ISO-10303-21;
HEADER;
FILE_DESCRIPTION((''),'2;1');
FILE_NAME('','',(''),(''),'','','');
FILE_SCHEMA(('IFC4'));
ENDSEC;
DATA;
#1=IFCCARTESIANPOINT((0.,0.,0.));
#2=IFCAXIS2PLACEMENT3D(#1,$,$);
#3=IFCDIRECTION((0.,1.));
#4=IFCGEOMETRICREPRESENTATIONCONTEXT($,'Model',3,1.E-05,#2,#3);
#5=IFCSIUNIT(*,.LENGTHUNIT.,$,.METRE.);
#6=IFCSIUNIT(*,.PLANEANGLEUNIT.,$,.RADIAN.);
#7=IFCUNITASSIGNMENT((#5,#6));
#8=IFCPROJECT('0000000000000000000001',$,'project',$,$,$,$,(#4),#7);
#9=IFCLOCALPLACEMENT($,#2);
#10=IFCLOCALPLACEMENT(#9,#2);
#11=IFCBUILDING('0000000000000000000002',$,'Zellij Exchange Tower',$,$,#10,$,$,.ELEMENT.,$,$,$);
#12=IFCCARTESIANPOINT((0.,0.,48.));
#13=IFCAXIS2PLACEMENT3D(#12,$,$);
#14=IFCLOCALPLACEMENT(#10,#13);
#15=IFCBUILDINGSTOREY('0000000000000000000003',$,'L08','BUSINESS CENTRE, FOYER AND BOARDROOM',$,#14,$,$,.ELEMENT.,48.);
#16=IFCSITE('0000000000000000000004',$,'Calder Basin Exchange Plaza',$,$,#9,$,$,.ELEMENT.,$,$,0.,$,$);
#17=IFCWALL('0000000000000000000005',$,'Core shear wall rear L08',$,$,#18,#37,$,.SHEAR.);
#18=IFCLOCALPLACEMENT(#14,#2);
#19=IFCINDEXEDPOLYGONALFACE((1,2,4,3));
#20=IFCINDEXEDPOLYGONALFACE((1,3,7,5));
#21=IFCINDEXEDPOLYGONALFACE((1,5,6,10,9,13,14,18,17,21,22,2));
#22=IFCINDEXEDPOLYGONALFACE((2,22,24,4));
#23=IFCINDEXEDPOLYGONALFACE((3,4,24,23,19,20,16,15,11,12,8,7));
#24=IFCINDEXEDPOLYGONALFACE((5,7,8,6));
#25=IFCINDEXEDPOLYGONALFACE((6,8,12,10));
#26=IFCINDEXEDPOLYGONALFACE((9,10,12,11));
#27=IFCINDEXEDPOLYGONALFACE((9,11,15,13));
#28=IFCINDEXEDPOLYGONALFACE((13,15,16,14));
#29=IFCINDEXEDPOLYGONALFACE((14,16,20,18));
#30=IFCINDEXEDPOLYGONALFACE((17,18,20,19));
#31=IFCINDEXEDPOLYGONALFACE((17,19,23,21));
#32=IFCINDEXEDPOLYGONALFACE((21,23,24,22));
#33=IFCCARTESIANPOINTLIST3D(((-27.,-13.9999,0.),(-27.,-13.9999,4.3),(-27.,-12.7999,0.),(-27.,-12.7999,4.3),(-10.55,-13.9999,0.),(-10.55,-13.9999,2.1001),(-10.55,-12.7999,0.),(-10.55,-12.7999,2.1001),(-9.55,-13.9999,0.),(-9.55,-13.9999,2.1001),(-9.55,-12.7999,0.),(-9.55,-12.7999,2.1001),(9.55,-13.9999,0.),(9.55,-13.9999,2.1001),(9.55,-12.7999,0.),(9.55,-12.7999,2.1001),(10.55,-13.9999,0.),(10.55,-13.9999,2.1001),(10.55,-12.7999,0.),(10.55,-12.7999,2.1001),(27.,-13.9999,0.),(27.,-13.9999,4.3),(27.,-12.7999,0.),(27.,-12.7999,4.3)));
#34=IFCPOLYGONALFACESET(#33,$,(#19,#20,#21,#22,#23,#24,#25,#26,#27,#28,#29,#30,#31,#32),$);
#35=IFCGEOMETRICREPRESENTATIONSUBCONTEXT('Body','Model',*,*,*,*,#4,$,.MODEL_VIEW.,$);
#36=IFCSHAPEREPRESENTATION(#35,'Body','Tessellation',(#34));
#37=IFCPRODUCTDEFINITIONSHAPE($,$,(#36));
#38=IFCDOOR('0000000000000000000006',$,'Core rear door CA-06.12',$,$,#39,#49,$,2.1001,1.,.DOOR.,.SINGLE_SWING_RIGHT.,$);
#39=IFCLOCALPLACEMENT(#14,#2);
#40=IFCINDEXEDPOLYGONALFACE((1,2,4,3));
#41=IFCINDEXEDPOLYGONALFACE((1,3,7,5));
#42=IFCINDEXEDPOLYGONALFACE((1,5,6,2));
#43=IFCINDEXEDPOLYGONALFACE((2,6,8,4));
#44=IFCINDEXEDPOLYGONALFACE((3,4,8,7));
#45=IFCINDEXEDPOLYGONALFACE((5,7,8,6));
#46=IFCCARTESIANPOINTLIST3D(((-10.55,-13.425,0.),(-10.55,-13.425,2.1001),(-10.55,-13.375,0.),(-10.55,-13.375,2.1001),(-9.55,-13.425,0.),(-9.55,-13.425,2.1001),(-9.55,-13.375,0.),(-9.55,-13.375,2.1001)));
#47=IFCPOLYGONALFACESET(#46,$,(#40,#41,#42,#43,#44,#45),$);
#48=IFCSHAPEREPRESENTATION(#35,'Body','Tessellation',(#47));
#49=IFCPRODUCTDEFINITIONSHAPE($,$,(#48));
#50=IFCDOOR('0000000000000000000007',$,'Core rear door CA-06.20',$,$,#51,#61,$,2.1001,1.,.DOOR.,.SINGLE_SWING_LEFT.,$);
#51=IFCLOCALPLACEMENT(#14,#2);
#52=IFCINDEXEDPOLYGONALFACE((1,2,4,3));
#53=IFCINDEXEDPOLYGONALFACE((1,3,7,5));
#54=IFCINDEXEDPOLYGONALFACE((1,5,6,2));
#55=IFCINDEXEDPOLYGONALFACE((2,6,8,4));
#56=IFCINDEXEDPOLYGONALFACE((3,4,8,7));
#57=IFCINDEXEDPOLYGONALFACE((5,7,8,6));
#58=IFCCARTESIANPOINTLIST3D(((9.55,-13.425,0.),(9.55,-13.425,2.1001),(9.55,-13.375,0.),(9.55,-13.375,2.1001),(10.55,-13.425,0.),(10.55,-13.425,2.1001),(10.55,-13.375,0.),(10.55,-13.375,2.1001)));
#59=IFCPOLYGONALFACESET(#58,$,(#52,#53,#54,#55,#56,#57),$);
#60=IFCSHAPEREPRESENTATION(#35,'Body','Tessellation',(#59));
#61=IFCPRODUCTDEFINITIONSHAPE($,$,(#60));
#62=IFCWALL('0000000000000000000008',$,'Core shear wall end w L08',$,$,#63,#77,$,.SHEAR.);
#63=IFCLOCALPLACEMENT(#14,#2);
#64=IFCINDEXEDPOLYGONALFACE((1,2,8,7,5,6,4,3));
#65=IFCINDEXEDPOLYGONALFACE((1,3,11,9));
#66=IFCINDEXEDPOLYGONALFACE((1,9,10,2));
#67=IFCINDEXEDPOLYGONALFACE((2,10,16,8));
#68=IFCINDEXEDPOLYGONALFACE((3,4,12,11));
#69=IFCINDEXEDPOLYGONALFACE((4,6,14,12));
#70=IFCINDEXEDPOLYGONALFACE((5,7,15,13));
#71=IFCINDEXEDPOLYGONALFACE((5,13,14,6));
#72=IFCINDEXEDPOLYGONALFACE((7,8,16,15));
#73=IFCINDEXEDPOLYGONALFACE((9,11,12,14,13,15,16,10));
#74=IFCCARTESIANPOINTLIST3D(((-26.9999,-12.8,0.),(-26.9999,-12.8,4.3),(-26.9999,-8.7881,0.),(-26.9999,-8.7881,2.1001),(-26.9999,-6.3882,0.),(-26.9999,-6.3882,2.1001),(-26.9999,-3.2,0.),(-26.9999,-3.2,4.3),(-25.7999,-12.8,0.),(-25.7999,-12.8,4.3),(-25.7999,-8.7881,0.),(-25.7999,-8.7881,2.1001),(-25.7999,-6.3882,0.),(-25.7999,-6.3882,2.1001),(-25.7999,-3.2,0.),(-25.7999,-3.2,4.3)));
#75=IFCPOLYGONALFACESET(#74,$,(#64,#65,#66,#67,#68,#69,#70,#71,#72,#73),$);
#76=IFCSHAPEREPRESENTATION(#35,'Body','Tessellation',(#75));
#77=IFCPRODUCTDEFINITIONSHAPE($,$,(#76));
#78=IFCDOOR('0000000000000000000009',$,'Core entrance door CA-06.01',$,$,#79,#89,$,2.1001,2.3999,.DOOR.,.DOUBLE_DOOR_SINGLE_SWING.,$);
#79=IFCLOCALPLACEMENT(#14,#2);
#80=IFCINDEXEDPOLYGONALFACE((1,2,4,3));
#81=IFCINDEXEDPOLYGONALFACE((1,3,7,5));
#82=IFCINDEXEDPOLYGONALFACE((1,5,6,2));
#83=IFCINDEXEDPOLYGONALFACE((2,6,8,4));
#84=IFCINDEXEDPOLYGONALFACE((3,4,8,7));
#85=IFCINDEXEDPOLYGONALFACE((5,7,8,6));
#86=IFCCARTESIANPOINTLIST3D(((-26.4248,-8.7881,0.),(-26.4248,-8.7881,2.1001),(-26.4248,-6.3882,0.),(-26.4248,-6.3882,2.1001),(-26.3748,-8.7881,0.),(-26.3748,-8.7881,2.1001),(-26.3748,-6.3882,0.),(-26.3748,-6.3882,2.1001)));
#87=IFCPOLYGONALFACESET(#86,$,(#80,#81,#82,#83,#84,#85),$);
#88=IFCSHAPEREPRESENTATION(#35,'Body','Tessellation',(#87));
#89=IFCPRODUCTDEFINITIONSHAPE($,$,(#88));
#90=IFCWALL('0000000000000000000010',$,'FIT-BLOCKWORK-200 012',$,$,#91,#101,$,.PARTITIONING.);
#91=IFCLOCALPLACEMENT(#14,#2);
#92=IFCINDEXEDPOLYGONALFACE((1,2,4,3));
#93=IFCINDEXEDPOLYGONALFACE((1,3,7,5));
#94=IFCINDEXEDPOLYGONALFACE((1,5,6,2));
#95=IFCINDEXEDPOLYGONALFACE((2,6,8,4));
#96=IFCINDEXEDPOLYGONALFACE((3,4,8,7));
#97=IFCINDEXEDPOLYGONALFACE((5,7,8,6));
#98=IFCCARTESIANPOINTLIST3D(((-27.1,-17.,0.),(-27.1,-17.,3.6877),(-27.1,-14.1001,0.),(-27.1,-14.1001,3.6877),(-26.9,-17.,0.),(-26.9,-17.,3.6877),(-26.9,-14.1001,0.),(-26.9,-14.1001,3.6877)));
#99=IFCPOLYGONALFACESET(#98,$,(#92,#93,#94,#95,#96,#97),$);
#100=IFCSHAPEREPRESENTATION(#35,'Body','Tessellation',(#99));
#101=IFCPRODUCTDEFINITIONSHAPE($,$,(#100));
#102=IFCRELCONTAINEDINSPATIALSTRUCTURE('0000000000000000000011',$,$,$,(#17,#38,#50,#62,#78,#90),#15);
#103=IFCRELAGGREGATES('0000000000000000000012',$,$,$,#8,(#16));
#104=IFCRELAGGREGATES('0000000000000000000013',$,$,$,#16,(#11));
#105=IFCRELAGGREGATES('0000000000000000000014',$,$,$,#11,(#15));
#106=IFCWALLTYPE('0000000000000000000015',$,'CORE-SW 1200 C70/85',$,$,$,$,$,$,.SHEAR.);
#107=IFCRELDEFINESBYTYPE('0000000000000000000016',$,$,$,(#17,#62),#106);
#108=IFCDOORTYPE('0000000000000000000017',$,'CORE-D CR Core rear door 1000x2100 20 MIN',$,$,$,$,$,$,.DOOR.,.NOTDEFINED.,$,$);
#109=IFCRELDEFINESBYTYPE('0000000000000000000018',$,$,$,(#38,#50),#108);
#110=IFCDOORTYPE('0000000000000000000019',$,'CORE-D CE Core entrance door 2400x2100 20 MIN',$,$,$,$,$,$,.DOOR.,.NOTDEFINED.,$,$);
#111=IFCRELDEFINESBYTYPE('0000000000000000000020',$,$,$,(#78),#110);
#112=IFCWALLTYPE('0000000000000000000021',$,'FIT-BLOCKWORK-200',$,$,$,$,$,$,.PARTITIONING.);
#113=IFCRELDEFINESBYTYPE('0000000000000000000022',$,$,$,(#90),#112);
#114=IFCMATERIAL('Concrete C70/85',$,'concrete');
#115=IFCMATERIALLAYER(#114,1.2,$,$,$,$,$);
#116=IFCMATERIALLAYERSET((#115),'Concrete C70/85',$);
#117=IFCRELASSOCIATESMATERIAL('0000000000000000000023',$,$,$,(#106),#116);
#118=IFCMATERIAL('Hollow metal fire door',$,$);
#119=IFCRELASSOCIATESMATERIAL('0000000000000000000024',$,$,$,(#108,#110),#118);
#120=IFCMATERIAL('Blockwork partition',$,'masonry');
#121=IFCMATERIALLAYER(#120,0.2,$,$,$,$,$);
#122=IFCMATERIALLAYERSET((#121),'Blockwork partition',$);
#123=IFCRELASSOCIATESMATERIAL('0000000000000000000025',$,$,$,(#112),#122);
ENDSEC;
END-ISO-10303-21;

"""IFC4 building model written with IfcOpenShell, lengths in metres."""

from ifc_helpers import new_model, si_unit, direction, frame, frame_2d, origin, place, context, subcontext, project, spatial, rectangle, extrude, material, layer, layer_set, type_object, element, fill, save


model = new_model("IFC4")

# Units and contexts
model_context = context("Model", 3, precision=1e-05, world=origin(), true_north=direction((0.0, 1.0)))
body_context = subcontext(model_context, "Body", "Model", "MODEL_VIEW")
ifc_project = project(units=[si_unit("LENGTHUNIT", "METRE"), si_unit("PLANEANGLEUNIT", "RADIAN")], contexts=[model_context])

# Site, building, storey
site_placement = place(None, origin())
site = spatial("IfcSite", under=ifc_project, at=site_placement, Name="Calder Basin Exchange Plaza", CompositionType="ELEMENT", RefElevation=0.0)
building_placement = place(site_placement, origin())
building = spatial("IfcBuilding", under=site, at=building_placement, Name="Zellij Exchange Tower", CompositionType="ELEMENT")
storey_placement = place(building_placement, frame((0.0, 0.0, 48.0)))
storey = spatial("IfcBuildingStorey", under=building, at=storey_placement, Name="L08", Description="BUSINESS CENTRE, FOYER AND BOARDROOM", CompositionType="ELEMENT", Elevation=48.0)

# Shared definitions
ifc_material_1 = material(Name="Concrete C70/85", Category="concrete")

# Wall, openings, doors
ifc_layer_1 = layer(ifc_material_1, 1.2)
ifc_layer_set_1 = layer_set([ifc_layer_1], Name="Concrete C70/85")
wall_type_1 = type_object("IfcWallType", Name="CORE-SW 1200 C70/85", PredefinedType="SHEAR", material=ifc_layer_set_1)
wall_1_placement = place(storey_placement, frame((-27.0, -13.3999, 0.0), z_axis=(0.0, 0.0, 1.0), x_axis=(1.0, 0.0, 0.0)))
wall_1 = element("IfcWall", 1, at=wall_1_placement, inside=storey, type_object=wall_type_1, Name="Core shear wall rear L08", PredefinedType="SHEAR", context=body_context, shape_type="SweptSolid", body=[
    extrude(rectangle(XDim=54.0, YDim=1.2, at=frame_2d((27.0, 0.0))), origin(), (0.0, 0.0, 1.0), 4.3),
])
opening_1_placement = place(wall_1_placement, frame((16.45, 0.0, 0.0)))
opening_1 = element("IfcOpeningElement", 2, at=opening_1_placement, cuts=wall_1, PredefinedType="OPENING", context=body_context, shape_type="SweptSolid", body=[
    extrude(rectangle(XDim=1.0, YDim=2.1001, at=frame_2d((0.5, 1.05))), frame((0.0, 0.6118, 0.0), z_axis=(0.0, -1.0, 0.0), x_axis=(1.0, 0.0, 0.0)), (0.0, 0.0, 1.0), 1.2239),
])
opening_2_placement = place(wall_1_placement, frame((36.55, 0.0, 0.0)))
opening_2 = element("IfcOpeningElement", 3, at=opening_2_placement, cuts=wall_1, PredefinedType="OPENING", context=body_context, shape_type="SweptSolid", body=[
    extrude(rectangle(XDim=1.0, YDim=2.1001, at=frame_2d((0.5, 1.05))), frame((0.0, 0.6118, 0.0), z_axis=(0.0, -1.0, 0.0), x_axis=(1.0, 0.0, 0.0)), (0.0, 0.0, 1.0), 1.2239),
])
ifc_material_2 = material(Name="Hollow metal fire door")
door_type_1 = type_object("IfcDoorType", Name="CORE-D CR Core rear door 1000x2100 20 MIN", OperationType="NOTDEFINED", PredefinedType="DOOR", material=ifc_material_2)
door_1_placement = place(opening_1_placement, origin())
door_1 = element("IfcDoor", 4, at=door_1_placement, inside=storey, type_object=door_type_1, Name="Core rear door CA-06.12", OperationType="SINGLE_SWING_RIGHT", OverallHeight=2.1001, OverallWidth=1.0, PredefinedType="DOOR", context=body_context, shape_type="SweptSolid", body=[
    extrude(rectangle(XDim=1.0, YDim=2.1001, at=frame_2d((0.5, 1.05))), frame((0.0, 0.0249, 0.0), z_axis=(0.0, -1.0, 0.0), x_axis=(1.0, 0.0, 0.0)), (0.0, 0.0, 1.0), 0.05),
])
fill(opening_1, door_1)
door_2_placement = place(opening_2_placement, origin())
door_2 = element("IfcDoor", 5, at=door_2_placement, inside=storey, type_object=door_type_1, Name="Core rear door CA-06.20", OperationType="SINGLE_SWING_LEFT", OverallHeight=2.1001, OverallWidth=1.0, PredefinedType="DOOR", context=body_context, shape_type="SweptSolid", body=[
    extrude(rectangle(XDim=1.0, YDim=2.1001, at=frame_2d((0.5, 1.05))), frame((0.0, 0.0249, 0.0), z_axis=(0.0, -1.0, 0.0), x_axis=(1.0, 0.0, 0.0)), (0.0, 0.0, 1.0), 0.05),
])
fill(opening_2, door_2)

# Wall, opening, door
wall_2_placement = place(storey_placement, frame((-26.3999, -12.8, 0.0), z_axis=(0.0, 0.0, 1.0), x_axis=(0.0, 1.0, 0.0)))
wall_2 = element("IfcWall", 6, at=wall_2_placement, inside=storey, type_object=wall_type_1, Name="Core shear wall end w L08", PredefinedType="SHEAR", context=body_context, shape_type="SweptSolid", body=[
    extrude(rectangle(XDim=9.6001, YDim=1.2, at=frame_2d((4.8, 0.0))), origin(), (0.0, 0.0, 1.0), 4.3),
])
opening_3_placement = place(wall_2_placement, frame((4.012, 0.0, 0.0)))
opening_3 = element("IfcOpeningElement", 7, at=opening_3_placement, cuts=wall_2, PredefinedType="OPENING", context=body_context, shape_type="SweptSolid", body=[
    extrude(rectangle(XDim=2.3999, YDim=2.1001, at=frame_2d((1.2, 1.05))), frame((0.0, 0.6118, 0.0), z_axis=(0.0, -1.0, 0.0), x_axis=(1.0, 0.0, 0.0)), (0.0, 0.0, 1.0), 1.2239),
])
door_type_2 = type_object("IfcDoorType", Name="CORE-D CE Core entrance door 2400x2100 20 MIN", OperationType="NOTDEFINED", PredefinedType="DOOR", material=ifc_material_2)
door_3_placement = place(opening_3_placement, origin())
door_3 = element("IfcDoor", 8, at=door_3_placement, inside=storey, type_object=door_type_2, Name="Core entrance door CA-06.01", OperationType="DOUBLE_DOOR_SINGLE_SWING", OverallHeight=2.1001, OverallWidth=2.3999, PredefinedType="DOOR", context=body_context, shape_type="SweptSolid", body=[
    extrude(rectangle(XDim=2.3999, YDim=2.1001, at=frame_2d((1.2, 1.05))), frame((0.0, 0.0249, 0.0), z_axis=(0.0, -1.0, 0.0), x_axis=(1.0, 0.0, 0.0)), (0.0, 0.0, 1.0), 0.05),
])
fill(opening_3, door_3)

# Wall
ifc_material_3 = material(Name="Blockwork partition", Category="masonry")
ifc_layer_2 = layer(ifc_material_3, 0.2)
ifc_layer_set_2 = layer_set([ifc_layer_2], Name="Blockwork partition")
wall_type_2 = type_object("IfcWallType", Name="FIT-BLOCKWORK-200", PredefinedType="PARTITIONING", material=ifc_layer_set_2)
wall_3_placement = place(storey_placement, frame((-27.0, -17.0, 0.0), z_axis=(0.0, 0.0, 1.0), x_axis=(0.0, 1.0, 0.0)))
element("IfcWall", 9, at=wall_3_placement, inside=storey, type_object=wall_type_2, Name="FIT-BLOCKWORK-200 012", PredefinedType="PARTITIONING", context=body_context, shape_type="SweptSolid", body=[
    extrude(rectangle(XDim=2.8999, YDim=0.2, at=frame_2d((1.45, 0.0))), origin(), (0.0, 0.0, 1.0), 3.6877),
])

save(model, "model.ifc")
